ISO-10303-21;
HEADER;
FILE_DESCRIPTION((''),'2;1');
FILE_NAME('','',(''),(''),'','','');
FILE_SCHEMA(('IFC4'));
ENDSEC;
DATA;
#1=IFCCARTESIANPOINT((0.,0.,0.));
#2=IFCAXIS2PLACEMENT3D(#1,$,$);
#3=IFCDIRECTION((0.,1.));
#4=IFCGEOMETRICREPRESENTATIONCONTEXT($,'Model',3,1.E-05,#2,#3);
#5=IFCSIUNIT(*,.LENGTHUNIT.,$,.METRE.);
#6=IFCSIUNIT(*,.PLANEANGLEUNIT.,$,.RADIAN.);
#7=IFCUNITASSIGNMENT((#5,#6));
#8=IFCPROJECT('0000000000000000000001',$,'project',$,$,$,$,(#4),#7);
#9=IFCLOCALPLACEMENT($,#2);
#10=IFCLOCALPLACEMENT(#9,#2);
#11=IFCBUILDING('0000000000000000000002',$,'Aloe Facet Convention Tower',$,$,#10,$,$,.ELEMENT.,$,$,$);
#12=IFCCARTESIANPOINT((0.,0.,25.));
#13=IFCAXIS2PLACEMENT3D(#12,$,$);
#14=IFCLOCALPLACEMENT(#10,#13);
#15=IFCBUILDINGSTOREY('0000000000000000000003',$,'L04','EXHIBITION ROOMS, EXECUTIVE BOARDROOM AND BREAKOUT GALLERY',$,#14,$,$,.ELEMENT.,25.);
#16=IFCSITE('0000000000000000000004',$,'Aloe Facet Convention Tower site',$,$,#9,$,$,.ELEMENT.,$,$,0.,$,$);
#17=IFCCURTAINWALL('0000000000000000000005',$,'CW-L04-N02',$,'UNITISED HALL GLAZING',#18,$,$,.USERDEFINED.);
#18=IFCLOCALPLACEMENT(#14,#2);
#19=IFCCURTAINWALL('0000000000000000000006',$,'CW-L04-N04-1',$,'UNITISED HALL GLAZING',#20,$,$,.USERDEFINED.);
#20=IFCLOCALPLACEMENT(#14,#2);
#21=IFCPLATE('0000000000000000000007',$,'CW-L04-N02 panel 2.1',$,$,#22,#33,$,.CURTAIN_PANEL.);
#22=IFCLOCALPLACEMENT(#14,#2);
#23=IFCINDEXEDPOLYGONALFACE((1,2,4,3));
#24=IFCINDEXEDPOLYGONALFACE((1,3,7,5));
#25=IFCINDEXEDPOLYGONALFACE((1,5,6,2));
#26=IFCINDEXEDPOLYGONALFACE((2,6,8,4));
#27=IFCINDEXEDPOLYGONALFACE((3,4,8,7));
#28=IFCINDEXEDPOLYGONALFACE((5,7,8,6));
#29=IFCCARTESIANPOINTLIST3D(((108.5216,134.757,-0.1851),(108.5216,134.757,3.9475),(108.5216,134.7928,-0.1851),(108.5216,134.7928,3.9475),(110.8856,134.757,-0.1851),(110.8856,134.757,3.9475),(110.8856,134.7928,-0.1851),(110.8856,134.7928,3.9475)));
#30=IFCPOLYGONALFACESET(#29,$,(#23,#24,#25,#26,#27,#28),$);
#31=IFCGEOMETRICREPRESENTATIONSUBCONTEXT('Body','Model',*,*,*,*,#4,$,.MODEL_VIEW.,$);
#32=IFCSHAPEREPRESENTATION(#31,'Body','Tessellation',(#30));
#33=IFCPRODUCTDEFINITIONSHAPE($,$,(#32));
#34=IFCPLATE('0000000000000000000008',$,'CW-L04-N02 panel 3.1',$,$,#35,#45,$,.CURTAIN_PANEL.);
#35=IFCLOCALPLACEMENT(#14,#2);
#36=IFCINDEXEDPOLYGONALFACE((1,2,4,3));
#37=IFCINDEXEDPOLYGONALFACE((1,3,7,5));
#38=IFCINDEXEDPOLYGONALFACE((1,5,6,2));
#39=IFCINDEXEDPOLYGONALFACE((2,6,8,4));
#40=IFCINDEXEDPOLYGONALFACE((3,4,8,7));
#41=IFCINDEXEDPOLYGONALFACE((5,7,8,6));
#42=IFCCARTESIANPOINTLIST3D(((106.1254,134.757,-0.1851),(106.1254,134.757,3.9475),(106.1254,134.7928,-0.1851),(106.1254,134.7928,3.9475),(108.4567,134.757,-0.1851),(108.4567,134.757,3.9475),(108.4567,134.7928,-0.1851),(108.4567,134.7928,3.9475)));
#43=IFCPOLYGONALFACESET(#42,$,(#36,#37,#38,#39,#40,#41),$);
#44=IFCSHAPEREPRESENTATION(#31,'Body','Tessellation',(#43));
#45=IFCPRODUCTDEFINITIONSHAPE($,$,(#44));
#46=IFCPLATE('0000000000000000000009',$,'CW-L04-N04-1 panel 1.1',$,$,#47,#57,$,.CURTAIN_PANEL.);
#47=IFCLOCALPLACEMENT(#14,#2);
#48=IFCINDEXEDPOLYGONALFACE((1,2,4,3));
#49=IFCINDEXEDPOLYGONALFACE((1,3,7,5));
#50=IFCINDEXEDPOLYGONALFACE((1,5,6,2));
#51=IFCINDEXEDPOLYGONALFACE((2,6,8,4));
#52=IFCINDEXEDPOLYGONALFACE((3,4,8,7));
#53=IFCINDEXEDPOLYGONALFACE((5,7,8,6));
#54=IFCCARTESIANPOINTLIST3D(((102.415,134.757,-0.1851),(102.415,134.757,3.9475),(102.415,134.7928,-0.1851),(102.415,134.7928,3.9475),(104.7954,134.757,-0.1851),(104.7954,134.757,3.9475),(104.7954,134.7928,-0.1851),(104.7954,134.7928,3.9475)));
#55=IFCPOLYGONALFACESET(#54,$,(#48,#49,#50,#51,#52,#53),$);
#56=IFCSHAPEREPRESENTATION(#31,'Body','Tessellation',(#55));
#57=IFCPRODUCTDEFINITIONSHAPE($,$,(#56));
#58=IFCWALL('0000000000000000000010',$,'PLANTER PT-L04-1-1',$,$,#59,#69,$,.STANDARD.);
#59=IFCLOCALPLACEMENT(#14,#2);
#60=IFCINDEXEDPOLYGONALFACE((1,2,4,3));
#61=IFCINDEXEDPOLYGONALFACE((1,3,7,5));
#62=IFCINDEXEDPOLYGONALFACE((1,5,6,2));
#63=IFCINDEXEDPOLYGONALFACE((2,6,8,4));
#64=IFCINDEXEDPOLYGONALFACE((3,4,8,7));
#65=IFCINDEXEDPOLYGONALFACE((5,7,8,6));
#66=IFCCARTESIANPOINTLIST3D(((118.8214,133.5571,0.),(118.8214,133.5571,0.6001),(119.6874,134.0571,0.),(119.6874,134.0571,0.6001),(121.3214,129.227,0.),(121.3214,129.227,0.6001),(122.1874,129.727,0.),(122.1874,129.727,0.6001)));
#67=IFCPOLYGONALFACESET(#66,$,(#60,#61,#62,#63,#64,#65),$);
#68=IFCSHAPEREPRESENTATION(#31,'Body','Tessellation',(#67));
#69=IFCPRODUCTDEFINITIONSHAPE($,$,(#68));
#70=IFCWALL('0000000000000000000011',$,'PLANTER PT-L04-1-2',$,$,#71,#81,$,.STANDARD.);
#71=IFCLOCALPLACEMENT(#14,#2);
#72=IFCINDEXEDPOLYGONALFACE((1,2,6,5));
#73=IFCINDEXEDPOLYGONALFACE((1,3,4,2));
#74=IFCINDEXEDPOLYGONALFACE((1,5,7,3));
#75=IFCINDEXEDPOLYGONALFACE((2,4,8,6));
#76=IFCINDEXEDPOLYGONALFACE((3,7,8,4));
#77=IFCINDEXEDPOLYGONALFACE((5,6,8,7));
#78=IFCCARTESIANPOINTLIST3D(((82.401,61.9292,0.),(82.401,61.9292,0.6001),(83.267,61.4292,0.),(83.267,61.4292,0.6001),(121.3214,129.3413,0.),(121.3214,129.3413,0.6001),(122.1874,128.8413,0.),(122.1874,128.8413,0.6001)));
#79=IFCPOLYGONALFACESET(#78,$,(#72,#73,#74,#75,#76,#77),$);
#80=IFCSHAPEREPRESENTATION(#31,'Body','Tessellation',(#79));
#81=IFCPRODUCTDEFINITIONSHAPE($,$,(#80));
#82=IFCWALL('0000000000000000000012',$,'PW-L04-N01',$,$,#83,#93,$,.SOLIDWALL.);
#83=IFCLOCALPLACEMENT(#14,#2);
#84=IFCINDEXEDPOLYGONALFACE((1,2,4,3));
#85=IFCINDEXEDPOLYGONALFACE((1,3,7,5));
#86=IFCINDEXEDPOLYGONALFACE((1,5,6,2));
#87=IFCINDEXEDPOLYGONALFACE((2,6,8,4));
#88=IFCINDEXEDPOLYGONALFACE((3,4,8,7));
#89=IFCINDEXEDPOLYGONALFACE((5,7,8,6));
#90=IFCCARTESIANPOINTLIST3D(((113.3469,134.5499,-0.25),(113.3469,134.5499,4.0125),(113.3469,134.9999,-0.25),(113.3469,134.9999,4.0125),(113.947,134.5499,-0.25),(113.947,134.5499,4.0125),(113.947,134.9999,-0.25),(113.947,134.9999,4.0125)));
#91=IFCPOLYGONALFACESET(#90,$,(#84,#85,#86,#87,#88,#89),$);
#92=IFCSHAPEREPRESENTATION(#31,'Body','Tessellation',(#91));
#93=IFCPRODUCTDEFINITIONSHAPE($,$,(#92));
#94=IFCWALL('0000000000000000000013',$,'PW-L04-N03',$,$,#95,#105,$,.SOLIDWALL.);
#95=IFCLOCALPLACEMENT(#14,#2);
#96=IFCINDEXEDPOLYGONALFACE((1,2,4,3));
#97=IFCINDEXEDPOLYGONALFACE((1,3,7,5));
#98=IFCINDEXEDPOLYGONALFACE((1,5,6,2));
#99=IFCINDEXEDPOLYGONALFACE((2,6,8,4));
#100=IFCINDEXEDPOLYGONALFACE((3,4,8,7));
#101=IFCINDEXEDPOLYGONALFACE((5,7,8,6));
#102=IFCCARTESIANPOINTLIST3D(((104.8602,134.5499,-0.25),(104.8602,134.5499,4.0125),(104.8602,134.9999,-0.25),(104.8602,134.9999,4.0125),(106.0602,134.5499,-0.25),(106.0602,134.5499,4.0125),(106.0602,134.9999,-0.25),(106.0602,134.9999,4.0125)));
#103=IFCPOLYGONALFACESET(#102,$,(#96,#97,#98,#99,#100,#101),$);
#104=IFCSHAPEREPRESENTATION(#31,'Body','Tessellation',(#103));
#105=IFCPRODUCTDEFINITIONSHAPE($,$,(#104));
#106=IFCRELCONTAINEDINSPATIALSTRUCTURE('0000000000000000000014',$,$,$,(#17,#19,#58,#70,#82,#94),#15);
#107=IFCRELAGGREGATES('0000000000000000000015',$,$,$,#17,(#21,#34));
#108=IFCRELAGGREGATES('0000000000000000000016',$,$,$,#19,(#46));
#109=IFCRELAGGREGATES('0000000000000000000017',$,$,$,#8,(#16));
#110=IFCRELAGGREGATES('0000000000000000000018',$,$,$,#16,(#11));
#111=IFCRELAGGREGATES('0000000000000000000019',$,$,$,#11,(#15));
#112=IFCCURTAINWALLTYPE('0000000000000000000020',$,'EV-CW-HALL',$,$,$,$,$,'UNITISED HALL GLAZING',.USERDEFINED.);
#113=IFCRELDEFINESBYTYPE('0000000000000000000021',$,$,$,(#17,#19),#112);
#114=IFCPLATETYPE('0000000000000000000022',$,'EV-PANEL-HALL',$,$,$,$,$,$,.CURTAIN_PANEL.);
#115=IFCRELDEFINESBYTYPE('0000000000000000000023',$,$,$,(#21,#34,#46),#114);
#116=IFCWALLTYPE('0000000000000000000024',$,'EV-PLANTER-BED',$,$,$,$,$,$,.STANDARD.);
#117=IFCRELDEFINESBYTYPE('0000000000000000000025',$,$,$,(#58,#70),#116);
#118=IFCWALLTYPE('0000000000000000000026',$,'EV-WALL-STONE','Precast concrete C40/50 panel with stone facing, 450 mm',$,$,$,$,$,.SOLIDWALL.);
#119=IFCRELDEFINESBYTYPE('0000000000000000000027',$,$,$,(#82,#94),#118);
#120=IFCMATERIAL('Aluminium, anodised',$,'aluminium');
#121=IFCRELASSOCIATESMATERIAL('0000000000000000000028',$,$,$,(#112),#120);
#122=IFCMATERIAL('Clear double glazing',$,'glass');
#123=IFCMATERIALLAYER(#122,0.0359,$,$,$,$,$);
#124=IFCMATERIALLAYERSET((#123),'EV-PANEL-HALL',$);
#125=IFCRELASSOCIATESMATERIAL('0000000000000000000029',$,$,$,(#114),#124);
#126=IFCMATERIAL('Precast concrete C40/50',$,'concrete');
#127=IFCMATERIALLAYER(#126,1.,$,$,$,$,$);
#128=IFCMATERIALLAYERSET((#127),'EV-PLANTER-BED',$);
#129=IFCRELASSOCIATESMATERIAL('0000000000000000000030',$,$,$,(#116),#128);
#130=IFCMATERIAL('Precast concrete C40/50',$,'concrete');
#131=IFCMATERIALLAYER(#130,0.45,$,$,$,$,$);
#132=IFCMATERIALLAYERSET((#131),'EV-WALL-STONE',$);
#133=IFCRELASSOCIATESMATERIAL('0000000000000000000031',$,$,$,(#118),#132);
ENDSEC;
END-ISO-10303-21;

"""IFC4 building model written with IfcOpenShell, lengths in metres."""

from ifc_helpers import new_model, si_unit, direction, frame, frame_2d, origin, origin_2d, place, context, subcontext, project, spatial, rectangle, extrude, material, layer, layer_set, type_object, element, aggregate, save


model = new_model("IFC4")

# Units and contexts
model_context = context("Model", 3, precision=1e-05, world=origin(), true_north=direction((0.0, 1.0)))
body_context = subcontext(model_context, "Body", "Model", "MODEL_VIEW")
ifc_project = project(units=[si_unit("LENGTHUNIT", "METRE"), si_unit("PLANEANGLEUNIT", "RADIAN")], contexts=[model_context])

# Site, building, storey
site_placement = place(None, origin())
site = spatial("IfcSite", under=ifc_project, at=site_placement, Name="Aloe Facet Convention Tower site", CompositionType="ELEMENT", RefElevation=0.0)
building_placement = place(site_placement, origin())
building = spatial("IfcBuilding", under=site, at=building_placement, Name="Aloe Facet Convention Tower", CompositionType="ELEMENT")
storey_placement = place(building_placement, frame((0.0, 0.0, 25.0)))
storey = spatial("IfcBuildingStorey", under=building, at=storey_placement, Name="L04", Description="EXHIBITION ROOMS, EXECUTIVE BOARDROOM AND BREAKOUT GALLERY", CompositionType="ELEMENT", Elevation=25.0)

# Curtain wall
ifc_material_1 = material(Name="Aluminium, anodised", Category="aluminium")
curtain_wall_type = type_object("IfcCurtainWallType", Name="EV-CW-HALL", ElementType="UNITISED HALL GLAZING", PredefinedType="USERDEFINED", material=ifc_material_1)
curtain_wall_1_placement = place(storey_placement, origin())
curtain_wall_1 = element("IfcCurtainWall", 1, at=curtain_wall_1_placement, inside=storey, type_object=curtain_wall_type, Name="CW-L04-N02", ObjectType="UNITISED HALL GLAZING", PredefinedType="USERDEFINED")

# Curtain wall
curtain_wall_2_placement = place(storey_placement, origin())
curtain_wall_2 = element("IfcCurtainWall", 2, at=curtain_wall_2_placement, inside=storey, type_object=curtain_wall_type, Name="CW-L04-N04-1", ObjectType="UNITISED HALL GLAZING", PredefinedType="USERDEFINED")

# Plates
ifc_material_2 = material(Name="Clear double glazing", Category="glass")
ifc_layer_1 = layer(ifc_material_2, 0.0359)
ifc_layer_set_1 = layer_set([ifc_layer_1], Name="EV-PANEL-HALL")
plate_type = type_object("IfcPlateType", Name="EV-PANEL-HALL", PredefinedType="CURTAIN_PANEL", material=ifc_layer_set_1)
plate_1_placement = place(storey_placement, frame((109.7036, 134.7749, -0.1851), z_axis=(0.0, 0.0, 1.0), x_axis=(-1.0, 0.0, 0.0)))
plate_1 = element("IfcPlate", 3, at=plate_1_placement, type_object=plate_type, Name="CW-L04-N02 panel 2.1", PredefinedType="CURTAIN_PANEL", context=body_context, shape_type="SweptSolid", body=[
    extrude(rectangle(XDim=2.364, YDim=0.0359, at=origin_2d()), origin(), (0.0, 0.0, 1.0), 4.1326),
])
plate_2_placement = place(storey_placement, frame((107.291, 134.7749, -0.1851), z_axis=(0.0, 0.0, 1.0), x_axis=(-1.0, 0.0, 0.0)))
plate_2 = element("IfcPlate", 4, at=plate_2_placement, type_object=plate_type, Name="CW-L04-N02 panel 3.1", PredefinedType="CURTAIN_PANEL", context=body_context, shape_type="SweptSolid", body=[
    extrude(rectangle(XDim=2.3313, YDim=0.0359, at=origin_2d()), origin(), (0.0, 0.0, 1.0), 4.1326),
])
aggregate(curtain_wall_1, [plate_1, plate_2])
plate_3_placement = place(storey_placement, frame((103.6052, 134.7749, -0.1851), z_axis=(0.0, 0.0, 1.0), x_axis=(-1.0, 0.0, 0.0)))
plate_3 = element("IfcPlate", 5, at=plate_3_placement, type_object=plate_type, Name="CW-L04-N04-1 panel 1.1", PredefinedType="CURTAIN_PANEL", context=body_context, shape_type="SweptSolid", body=[
    extrude(rectangle(XDim=2.3804, YDim=0.0359, at=origin_2d()), origin(), (0.0, 0.0, 1.0), 4.1326),
])
aggregate(curtain_wall_2, [plate_3])

# Walls
ifc_material_3 = material(Name="Precast concrete C40/50", Category="concrete")
ifc_layer_2 = layer(ifc_material_3, 1.0)
ifc_layer_set_2 = layer_set([ifc_layer_2], Name="EV-PLANTER-BED")
wall_type_1 = type_object("IfcWallType", Name="EV-PLANTER-BED", PredefinedType="STANDARD", material=ifc_layer_set_2)
wall_1_placement = place(storey_placement, frame((119.2544, 133.8071, 0.0), z_axis=(0.0, 0.0, 1.0), x_axis=(0.500004, -0.866023, 0.0)))
element("IfcWall", 6, at=wall_1_placement, inside=storey, type_object=wall_type_1, Name="PLANTER PT-L04-1-1", PredefinedType="STANDARD", context=body_context, shape_type="SweptSolid", body=[
    extrude(rectangle(XDim=5.0, YDim=1.0, at=frame_2d((2.5, 0.0))), origin(), (0.0, 0.0, 1.0), 0.6001),
])
wall_2_placement = place(storey_placement, frame((121.7544, 129.0913, 0.0), z_axis=(0.0, 0.0, 1.0), x_axis=(-0.5, -0.866025, 0.0)))
element("IfcWall", 7, at=wall_2_placement, inside=storey, type_object=wall_type_1, Name="PLANTER PT-L04-1-2", PredefinedType="STANDARD", context=body_context, shape_type="SweptSolid", body=[
    extrude(rectangle(XDim=77.8408, YDim=1.0, at=frame_2d((38.9204, 0.0))), origin(), (0.0, 0.0, 1.0), 0.6001),
])
ifc_material_4 = material(Name="Precast concrete C40/50", Category="concrete")
ifc_layer_3 = layer(ifc_material_4, 0.45)
ifc_layer_set_3 = layer_set([ifc_layer_3], Name="EV-WALL-STONE")
wall_type_2 = type_object("IfcWallType", Name="EV-WALL-STONE", Description="Precast concrete C40/50 panel with stone facing, 450 mm", PredefinedType="SOLIDWALL", material=ifc_layer_set_3)
wall_3_placement = place(storey_placement, frame((113.947, 134.7749, -0.25), z_axis=(0.0, 0.0, 1.0), x_axis=(-1.0, 0.0, 0.0)))
element("IfcWall", 8, at=wall_3_placement, inside=storey, type_object=wall_type_2, Name="PW-L04-N01", PredefinedType="SOLIDWALL", context=body_context, shape_type="SweptSolid", body=[
    extrude(rectangle(XDim=0.6001, YDim=0.45, at=frame_2d((0.3, 0.0))), origin(), (0.0, 0.0, 1.0), 4.2625),
])
wall_4_placement = place(storey_placement, frame((106.0603, 134.7749, -0.25), z_axis=(0.0, 0.0, 1.0), x_axis=(-1.0, 0.0, 0.0)))
element("IfcWall", 9, at=wall_4_placement, inside=storey, type_object=wall_type_2, Name="PW-L04-N03", PredefinedType="SOLIDWALL", context=body_context, shape_type="SweptSolid", body=[
    extrude(rectangle(XDim=1.2, YDim=0.45, at=frame_2d((0.6001, 0.0))), origin(), (0.0, 0.0, 1.0), 4.2625),
])

save(model, "model.ifc")
